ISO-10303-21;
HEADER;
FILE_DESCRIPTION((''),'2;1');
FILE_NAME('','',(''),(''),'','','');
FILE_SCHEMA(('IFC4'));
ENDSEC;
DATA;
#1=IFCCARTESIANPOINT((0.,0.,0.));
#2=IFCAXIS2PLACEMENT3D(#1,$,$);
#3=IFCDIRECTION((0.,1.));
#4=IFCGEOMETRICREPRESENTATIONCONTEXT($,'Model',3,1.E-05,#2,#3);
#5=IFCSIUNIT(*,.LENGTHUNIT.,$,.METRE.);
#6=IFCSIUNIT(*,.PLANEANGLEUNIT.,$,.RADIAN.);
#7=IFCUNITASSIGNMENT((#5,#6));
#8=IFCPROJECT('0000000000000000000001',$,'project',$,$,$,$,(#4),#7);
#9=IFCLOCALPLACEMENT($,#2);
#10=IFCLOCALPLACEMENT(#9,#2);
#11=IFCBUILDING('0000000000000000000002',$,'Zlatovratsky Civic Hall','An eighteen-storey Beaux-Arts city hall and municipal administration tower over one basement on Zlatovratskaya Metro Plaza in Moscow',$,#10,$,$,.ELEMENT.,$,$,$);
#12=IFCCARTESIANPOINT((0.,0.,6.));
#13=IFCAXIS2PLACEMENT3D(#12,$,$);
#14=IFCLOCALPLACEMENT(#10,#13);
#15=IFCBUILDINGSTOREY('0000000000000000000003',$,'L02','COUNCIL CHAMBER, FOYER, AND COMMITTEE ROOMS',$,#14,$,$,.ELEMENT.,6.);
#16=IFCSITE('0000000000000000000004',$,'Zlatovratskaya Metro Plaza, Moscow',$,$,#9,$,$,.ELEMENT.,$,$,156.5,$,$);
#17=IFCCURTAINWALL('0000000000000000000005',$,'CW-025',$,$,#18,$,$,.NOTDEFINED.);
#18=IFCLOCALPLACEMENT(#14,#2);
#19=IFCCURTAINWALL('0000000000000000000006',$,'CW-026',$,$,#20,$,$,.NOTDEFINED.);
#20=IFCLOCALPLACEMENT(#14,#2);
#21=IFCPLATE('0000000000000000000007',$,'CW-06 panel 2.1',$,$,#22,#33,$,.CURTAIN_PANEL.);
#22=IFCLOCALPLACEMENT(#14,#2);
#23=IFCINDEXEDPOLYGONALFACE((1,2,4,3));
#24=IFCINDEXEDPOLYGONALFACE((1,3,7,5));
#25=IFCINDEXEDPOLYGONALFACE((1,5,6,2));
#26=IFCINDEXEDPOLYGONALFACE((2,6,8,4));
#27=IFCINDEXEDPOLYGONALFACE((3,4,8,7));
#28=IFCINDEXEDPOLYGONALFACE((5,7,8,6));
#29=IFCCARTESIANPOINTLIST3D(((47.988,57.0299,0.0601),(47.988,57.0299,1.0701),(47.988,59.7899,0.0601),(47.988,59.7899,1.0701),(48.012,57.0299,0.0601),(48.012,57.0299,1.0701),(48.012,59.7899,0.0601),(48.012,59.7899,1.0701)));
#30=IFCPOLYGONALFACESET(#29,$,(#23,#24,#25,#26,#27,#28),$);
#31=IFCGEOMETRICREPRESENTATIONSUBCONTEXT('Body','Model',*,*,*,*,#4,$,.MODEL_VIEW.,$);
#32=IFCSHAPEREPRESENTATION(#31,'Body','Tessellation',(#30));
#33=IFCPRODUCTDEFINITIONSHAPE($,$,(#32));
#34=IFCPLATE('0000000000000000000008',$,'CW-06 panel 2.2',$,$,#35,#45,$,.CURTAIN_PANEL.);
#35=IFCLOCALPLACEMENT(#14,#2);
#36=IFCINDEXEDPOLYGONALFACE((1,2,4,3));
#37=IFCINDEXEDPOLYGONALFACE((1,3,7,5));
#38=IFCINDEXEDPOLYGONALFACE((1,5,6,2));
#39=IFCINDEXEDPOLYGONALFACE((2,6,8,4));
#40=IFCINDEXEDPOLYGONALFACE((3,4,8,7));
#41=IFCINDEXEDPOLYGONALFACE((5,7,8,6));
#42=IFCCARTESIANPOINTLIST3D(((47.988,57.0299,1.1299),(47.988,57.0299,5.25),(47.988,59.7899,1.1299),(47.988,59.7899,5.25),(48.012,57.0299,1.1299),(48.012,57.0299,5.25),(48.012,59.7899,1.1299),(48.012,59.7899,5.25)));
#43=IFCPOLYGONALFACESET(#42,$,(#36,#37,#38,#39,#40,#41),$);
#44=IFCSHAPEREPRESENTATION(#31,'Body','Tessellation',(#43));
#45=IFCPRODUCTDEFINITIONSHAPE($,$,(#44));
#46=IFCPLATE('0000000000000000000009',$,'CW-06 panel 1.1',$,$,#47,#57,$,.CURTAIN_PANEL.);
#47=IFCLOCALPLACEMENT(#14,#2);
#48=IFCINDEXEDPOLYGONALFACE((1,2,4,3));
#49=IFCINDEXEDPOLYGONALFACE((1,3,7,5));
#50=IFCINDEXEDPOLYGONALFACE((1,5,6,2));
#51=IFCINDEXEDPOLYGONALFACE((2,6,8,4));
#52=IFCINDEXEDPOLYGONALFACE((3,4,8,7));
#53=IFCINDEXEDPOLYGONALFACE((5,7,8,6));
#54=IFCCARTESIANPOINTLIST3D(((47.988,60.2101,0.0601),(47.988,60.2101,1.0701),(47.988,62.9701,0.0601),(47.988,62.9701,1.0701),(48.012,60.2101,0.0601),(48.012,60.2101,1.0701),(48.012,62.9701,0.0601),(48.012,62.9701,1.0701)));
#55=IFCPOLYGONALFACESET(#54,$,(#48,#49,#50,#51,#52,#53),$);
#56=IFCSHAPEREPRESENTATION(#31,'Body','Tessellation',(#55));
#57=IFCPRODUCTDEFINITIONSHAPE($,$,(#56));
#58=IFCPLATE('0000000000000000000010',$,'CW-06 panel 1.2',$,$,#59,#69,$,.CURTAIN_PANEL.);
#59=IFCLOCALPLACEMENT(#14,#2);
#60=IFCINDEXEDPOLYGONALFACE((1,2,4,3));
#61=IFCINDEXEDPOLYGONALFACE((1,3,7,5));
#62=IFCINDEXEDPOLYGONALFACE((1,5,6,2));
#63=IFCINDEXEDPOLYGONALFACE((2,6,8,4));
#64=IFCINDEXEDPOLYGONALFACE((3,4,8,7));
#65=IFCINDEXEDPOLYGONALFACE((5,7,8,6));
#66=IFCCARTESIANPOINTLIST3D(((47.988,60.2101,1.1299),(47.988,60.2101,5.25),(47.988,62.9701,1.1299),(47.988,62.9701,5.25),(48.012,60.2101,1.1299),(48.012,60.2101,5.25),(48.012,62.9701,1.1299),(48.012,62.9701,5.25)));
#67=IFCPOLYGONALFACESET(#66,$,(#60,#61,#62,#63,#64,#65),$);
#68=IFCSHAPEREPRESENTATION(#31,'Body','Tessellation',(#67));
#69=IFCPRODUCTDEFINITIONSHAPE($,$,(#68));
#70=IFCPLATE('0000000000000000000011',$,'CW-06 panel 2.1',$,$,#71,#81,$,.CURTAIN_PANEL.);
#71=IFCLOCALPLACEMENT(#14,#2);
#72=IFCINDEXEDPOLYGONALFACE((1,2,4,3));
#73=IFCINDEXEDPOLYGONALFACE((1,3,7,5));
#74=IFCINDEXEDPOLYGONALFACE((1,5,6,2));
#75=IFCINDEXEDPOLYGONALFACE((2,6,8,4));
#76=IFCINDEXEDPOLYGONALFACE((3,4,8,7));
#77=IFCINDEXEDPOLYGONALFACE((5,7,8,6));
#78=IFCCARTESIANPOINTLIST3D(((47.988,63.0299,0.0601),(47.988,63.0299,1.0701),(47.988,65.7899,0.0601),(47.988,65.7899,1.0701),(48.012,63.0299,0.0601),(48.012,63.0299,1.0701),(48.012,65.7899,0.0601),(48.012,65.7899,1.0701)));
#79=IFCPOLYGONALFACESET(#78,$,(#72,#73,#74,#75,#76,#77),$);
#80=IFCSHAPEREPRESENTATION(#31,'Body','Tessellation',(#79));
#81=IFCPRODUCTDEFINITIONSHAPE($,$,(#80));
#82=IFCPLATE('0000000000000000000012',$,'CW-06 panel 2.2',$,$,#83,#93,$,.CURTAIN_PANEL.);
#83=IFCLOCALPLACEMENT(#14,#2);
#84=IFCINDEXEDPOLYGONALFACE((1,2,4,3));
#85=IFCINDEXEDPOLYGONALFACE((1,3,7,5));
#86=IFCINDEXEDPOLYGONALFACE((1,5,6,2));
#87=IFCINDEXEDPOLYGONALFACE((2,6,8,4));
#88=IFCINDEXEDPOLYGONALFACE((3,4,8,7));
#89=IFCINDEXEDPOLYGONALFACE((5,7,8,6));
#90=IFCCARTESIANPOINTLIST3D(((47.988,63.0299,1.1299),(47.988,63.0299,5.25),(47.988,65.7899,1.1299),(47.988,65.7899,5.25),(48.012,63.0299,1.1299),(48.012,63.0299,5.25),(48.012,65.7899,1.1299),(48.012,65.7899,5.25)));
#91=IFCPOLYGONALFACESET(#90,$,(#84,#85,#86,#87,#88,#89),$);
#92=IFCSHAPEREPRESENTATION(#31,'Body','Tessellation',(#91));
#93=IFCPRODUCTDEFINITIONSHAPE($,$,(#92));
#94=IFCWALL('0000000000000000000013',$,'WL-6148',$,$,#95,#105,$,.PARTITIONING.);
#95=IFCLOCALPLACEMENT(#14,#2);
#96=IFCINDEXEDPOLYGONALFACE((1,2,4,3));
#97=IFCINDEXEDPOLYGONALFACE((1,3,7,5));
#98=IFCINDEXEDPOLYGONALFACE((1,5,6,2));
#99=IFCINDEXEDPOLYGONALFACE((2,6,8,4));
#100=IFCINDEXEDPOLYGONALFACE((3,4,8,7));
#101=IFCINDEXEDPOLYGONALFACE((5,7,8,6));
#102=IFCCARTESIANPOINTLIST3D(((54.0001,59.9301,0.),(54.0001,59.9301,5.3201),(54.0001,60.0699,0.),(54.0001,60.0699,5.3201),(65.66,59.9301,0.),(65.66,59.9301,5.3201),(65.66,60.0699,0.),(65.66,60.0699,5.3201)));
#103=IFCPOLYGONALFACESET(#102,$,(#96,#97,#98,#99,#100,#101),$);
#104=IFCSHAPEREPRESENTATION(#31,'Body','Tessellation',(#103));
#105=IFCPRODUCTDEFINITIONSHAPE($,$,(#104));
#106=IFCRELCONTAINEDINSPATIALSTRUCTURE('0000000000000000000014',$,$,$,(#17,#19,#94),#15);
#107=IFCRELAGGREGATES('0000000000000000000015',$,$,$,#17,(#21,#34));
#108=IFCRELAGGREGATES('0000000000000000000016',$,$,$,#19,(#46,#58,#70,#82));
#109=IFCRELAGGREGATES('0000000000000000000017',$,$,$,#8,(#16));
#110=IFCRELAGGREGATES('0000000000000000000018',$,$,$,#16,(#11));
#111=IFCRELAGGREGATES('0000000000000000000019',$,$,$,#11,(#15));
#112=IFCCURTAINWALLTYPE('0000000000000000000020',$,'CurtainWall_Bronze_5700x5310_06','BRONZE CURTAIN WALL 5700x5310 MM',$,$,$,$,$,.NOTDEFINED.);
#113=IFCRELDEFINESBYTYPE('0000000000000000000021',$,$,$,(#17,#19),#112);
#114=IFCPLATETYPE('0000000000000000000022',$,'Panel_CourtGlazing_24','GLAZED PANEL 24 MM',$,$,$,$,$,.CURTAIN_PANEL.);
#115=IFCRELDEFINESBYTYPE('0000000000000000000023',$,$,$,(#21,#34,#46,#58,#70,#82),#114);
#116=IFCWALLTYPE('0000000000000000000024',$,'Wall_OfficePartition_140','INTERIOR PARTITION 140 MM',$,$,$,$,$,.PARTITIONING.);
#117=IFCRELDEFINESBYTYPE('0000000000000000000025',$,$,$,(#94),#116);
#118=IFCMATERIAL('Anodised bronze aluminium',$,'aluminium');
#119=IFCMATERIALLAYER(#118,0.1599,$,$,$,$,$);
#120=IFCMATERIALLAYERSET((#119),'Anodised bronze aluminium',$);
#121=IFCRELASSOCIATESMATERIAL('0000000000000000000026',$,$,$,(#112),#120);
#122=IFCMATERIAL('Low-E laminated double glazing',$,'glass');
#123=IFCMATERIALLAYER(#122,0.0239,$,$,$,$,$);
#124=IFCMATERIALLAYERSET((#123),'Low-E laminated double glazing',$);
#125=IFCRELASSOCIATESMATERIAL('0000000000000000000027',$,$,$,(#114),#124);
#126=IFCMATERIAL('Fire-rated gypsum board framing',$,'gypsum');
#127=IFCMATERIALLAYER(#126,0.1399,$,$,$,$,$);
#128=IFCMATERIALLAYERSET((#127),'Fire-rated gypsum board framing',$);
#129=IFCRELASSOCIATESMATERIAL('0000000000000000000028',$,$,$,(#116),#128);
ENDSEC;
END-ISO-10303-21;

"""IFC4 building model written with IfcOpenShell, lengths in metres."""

from ifc_helpers import new_model, si_unit, direction, frame, frame_2d, origin, origin_2d, place, context, subcontext, project, spatial, rectangle, extrude, material, layer, layer_set, type_object, element, aggregate, save


model = new_model("IFC4")

# Units and contexts
model_context = context("Model", 3, precision=1e-05, world=origin(), true_north=direction((0.0, 1.0)))
body_context = subcontext(model_context, "Body", "Model", "MODEL_VIEW")
ifc_project = project(units=[si_unit("LENGTHUNIT", "METRE"), si_unit("PLANEANGLEUNIT", "RADIAN")], contexts=[model_context])

# Site, building, storey
site_placement = place(None, origin())
site = spatial("IfcSite", under=ifc_project, at=site_placement, Name="Zlatovratskaya Metro Plaza, Moscow", CompositionType="ELEMENT", RefElevation=156.5)
building_placement = place(site_placement, origin())
building = spatial("IfcBuilding", under=site, at=building_placement, Name="Zlatovratsky Civic Hall", Description="An eighteen-storey Beaux-Arts city hall and municipal administration tower over one basement on Zlatovratskaya Metro Plaza in Moscow", CompositionType="ELEMENT")
storey_placement = place(building_placement, frame((0.0, 0.0, 6.0)))
storey = spatial("IfcBuildingStorey", under=building, at=storey_placement, Name="L02", Description="COUNCIL CHAMBER, FOYER, AND COMMITTEE ROOMS", CompositionType="ELEMENT", Elevation=6.0)

# Shared definitions
ifc_material_1 = material(Name="Anodised bronze aluminium", Category="aluminium")

# Curtain walls
ifc_layer_1 = layer(ifc_material_1, 0.1599)
ifc_layer_set_1 = layer_set([ifc_layer_1], Name="Anodised bronze aluminium")
curtain_wall_type_1 = type_object("IfcCurtainWallType", Name="CurtainWall_Bronze_5700x5310_06", Description="BRONZE CURTAIN WALL 5700x5310 MM", PredefinedType="NOTDEFINED", material=ifc_layer_set_1)
curtain_wall_1_placement = place(storey_placement, origin())
curtain_wall_1 = element("IfcCurtainWall", 1, at=curtain_wall_1_placement, inside=storey, type_object=curtain_wall_type_1, Name="CW-025", PredefinedType="NOTDEFINED")
curtain_wall_2_placement = place(storey_placement, origin())
curtain_wall_2 = element("IfcCurtainWall", 2, at=curtain_wall_2_placement, inside=storey, type_object=curtain_wall_type_1, Name="CW-026", PredefinedType="NOTDEFINED")

# Plates
ifc_material_2 = material(Name="Low-E laminated double glazing", Category="glass")
ifc_layer_2 = layer(ifc_material_2, 0.0239)
ifc_layer_set_2 = layer_set([ifc_layer_2], Name="Low-E laminated double glazing")
plate_type = type_object("IfcPlateType", Name="Panel_CourtGlazing_24", Description="GLAZED PANEL 24 MM", PredefinedType="CURTAIN_PANEL", material=ifc_layer_set_2)
plate_1_placement = place(storey_placement, frame((48.0, 58.4099, 0.0601), z_axis=(0.0, 0.0, 1.0), x_axis=(0.0, 1.0, 0.0)))
plate_1 = element("IfcPlate", 3, at=plate_1_placement, type_object=plate_type, Name="CW-06 panel 2.1", PredefinedType="CURTAIN_PANEL", context=body_context, shape_type="SweptSolid", body=[
    extrude(rectangle(XDim=2.76, YDim=0.0239, at=origin_2d()), origin(), (0.0, 0.0, 1.0), 1.01),
])
plate_2_placement = place(storey_placement, frame((48.0, 58.4099, 1.1299), z_axis=(0.0, 0.0, 1.0), x_axis=(0.0, 1.0, 0.0)))
plate_2 = element("IfcPlate", 4, at=plate_2_placement, type_object=plate_type, Name="CW-06 panel 2.2", PredefinedType="CURTAIN_PANEL", context=body_context, shape_type="SweptSolid", body=[
    extrude(rectangle(XDim=2.76, YDim=0.0239, at=origin_2d()), origin(), (0.0, 0.0, 1.0), 4.1201),
])
aggregate(curtain_wall_1, [plate_1, plate_2])
plate_3_placement = place(storey_placement, frame((48.0, 61.5901, 0.0601), z_axis=(0.0, 0.0, 1.0), x_axis=(0.0, 1.0, 0.0)))
plate_3 = element("IfcPlate", 5, at=plate_3_placement, type_object=plate_type, Name="CW-06 panel 1.1", PredefinedType="CURTAIN_PANEL", context=body_context, shape_type="SweptSolid", body=[
    extrude(rectangle(XDim=2.76, YDim=0.0239, at=origin_2d()), origin(), (0.0, 0.0, 1.0), 1.01),
])
plate_4_placement = place(storey_placement, frame((48.0, 61.5901, 1.1299), z_axis=(0.0, 0.0, 1.0), x_axis=(0.0, 1.0, 0.0)))
plate_4 = element("IfcPlate", 6, at=plate_4_placement, type_object=plate_type, Name="CW-06 panel 1.2", PredefinedType="CURTAIN_PANEL", context=body_context, shape_type="SweptSolid", body=[
    extrude(rectangle(XDim=2.76, YDim=0.0239, at=origin_2d()), origin(), (0.0, 0.0, 1.0), 4.1201),
])
plate_5_placement = place(storey_placement, frame((48.0, 64.4099, 0.0601), z_axis=(0.0, 0.0, 1.0), x_axis=(0.0, 1.0, 0.0)))
plate_5 = element("IfcPlate", 7, at=plate_5_placement, type_object=plate_type, Name="CW-06 panel 2.1", PredefinedType="CURTAIN_PANEL", context=body_context, shape_type="SweptSolid", body=[
    extrude(rectangle(XDim=2.76, YDim=0.0239, at=origin_2d()), origin(), (0.0, 0.0, 1.0), 1.01),
])
plate_6_placement = place(storey_placement, frame((48.0, 64.4099, 1.1299), z_axis=(0.0, 0.0, 1.0), x_axis=(0.0, 1.0, 0.0)))
plate_6 = element("IfcPlate", 8, at=plate_6_placement, type_object=plate_type, Name="CW-06 panel 2.2", PredefinedType="CURTAIN_PANEL", context=body_context, shape_type="SweptSolid", body=[
    extrude(rectangle(XDim=2.76, YDim=0.0239, at=origin_2d()), origin(), (0.0, 0.0, 1.0), 4.1201),
])
aggregate(curtain_wall_2, [plate_3, plate_4, plate_5, plate_6])

# Wall
ifc_material_3 = material(Name="Fire-rated gypsum board framing", Category="gypsum")
ifc_layer_3 = layer(ifc_material_3, 0.1399)
ifc_layer_set_3 = layer_set([ifc_layer_3], Name="Fire-rated gypsum board framing")
wall_type = type_object("IfcWallType", Name="Wall_OfficePartition_140", Description="INTERIOR PARTITION 140 MM", PredefinedType="PARTITIONING", material=ifc_layer_set_3)
wall_placement = place(storey_placement, frame((54.0, 60.0, 0.0), z_axis=(0.0, 0.0, 1.0), x_axis=(1.0, 0.0, 0.0)))
element("IfcWall", 9, at=wall_placement, inside=storey, type_object=wall_type, Name="WL-6148", PredefinedType="PARTITIONING", context=body_context, shape_type="SweptSolid", body=[
    extrude(rectangle(XDim=11.6599, YDim=0.1399, at=frame_2d((5.8301, 0.0))), origin(), (0.0, 0.0, 1.0), 5.3201),
])

save(model, "model.ifc")
